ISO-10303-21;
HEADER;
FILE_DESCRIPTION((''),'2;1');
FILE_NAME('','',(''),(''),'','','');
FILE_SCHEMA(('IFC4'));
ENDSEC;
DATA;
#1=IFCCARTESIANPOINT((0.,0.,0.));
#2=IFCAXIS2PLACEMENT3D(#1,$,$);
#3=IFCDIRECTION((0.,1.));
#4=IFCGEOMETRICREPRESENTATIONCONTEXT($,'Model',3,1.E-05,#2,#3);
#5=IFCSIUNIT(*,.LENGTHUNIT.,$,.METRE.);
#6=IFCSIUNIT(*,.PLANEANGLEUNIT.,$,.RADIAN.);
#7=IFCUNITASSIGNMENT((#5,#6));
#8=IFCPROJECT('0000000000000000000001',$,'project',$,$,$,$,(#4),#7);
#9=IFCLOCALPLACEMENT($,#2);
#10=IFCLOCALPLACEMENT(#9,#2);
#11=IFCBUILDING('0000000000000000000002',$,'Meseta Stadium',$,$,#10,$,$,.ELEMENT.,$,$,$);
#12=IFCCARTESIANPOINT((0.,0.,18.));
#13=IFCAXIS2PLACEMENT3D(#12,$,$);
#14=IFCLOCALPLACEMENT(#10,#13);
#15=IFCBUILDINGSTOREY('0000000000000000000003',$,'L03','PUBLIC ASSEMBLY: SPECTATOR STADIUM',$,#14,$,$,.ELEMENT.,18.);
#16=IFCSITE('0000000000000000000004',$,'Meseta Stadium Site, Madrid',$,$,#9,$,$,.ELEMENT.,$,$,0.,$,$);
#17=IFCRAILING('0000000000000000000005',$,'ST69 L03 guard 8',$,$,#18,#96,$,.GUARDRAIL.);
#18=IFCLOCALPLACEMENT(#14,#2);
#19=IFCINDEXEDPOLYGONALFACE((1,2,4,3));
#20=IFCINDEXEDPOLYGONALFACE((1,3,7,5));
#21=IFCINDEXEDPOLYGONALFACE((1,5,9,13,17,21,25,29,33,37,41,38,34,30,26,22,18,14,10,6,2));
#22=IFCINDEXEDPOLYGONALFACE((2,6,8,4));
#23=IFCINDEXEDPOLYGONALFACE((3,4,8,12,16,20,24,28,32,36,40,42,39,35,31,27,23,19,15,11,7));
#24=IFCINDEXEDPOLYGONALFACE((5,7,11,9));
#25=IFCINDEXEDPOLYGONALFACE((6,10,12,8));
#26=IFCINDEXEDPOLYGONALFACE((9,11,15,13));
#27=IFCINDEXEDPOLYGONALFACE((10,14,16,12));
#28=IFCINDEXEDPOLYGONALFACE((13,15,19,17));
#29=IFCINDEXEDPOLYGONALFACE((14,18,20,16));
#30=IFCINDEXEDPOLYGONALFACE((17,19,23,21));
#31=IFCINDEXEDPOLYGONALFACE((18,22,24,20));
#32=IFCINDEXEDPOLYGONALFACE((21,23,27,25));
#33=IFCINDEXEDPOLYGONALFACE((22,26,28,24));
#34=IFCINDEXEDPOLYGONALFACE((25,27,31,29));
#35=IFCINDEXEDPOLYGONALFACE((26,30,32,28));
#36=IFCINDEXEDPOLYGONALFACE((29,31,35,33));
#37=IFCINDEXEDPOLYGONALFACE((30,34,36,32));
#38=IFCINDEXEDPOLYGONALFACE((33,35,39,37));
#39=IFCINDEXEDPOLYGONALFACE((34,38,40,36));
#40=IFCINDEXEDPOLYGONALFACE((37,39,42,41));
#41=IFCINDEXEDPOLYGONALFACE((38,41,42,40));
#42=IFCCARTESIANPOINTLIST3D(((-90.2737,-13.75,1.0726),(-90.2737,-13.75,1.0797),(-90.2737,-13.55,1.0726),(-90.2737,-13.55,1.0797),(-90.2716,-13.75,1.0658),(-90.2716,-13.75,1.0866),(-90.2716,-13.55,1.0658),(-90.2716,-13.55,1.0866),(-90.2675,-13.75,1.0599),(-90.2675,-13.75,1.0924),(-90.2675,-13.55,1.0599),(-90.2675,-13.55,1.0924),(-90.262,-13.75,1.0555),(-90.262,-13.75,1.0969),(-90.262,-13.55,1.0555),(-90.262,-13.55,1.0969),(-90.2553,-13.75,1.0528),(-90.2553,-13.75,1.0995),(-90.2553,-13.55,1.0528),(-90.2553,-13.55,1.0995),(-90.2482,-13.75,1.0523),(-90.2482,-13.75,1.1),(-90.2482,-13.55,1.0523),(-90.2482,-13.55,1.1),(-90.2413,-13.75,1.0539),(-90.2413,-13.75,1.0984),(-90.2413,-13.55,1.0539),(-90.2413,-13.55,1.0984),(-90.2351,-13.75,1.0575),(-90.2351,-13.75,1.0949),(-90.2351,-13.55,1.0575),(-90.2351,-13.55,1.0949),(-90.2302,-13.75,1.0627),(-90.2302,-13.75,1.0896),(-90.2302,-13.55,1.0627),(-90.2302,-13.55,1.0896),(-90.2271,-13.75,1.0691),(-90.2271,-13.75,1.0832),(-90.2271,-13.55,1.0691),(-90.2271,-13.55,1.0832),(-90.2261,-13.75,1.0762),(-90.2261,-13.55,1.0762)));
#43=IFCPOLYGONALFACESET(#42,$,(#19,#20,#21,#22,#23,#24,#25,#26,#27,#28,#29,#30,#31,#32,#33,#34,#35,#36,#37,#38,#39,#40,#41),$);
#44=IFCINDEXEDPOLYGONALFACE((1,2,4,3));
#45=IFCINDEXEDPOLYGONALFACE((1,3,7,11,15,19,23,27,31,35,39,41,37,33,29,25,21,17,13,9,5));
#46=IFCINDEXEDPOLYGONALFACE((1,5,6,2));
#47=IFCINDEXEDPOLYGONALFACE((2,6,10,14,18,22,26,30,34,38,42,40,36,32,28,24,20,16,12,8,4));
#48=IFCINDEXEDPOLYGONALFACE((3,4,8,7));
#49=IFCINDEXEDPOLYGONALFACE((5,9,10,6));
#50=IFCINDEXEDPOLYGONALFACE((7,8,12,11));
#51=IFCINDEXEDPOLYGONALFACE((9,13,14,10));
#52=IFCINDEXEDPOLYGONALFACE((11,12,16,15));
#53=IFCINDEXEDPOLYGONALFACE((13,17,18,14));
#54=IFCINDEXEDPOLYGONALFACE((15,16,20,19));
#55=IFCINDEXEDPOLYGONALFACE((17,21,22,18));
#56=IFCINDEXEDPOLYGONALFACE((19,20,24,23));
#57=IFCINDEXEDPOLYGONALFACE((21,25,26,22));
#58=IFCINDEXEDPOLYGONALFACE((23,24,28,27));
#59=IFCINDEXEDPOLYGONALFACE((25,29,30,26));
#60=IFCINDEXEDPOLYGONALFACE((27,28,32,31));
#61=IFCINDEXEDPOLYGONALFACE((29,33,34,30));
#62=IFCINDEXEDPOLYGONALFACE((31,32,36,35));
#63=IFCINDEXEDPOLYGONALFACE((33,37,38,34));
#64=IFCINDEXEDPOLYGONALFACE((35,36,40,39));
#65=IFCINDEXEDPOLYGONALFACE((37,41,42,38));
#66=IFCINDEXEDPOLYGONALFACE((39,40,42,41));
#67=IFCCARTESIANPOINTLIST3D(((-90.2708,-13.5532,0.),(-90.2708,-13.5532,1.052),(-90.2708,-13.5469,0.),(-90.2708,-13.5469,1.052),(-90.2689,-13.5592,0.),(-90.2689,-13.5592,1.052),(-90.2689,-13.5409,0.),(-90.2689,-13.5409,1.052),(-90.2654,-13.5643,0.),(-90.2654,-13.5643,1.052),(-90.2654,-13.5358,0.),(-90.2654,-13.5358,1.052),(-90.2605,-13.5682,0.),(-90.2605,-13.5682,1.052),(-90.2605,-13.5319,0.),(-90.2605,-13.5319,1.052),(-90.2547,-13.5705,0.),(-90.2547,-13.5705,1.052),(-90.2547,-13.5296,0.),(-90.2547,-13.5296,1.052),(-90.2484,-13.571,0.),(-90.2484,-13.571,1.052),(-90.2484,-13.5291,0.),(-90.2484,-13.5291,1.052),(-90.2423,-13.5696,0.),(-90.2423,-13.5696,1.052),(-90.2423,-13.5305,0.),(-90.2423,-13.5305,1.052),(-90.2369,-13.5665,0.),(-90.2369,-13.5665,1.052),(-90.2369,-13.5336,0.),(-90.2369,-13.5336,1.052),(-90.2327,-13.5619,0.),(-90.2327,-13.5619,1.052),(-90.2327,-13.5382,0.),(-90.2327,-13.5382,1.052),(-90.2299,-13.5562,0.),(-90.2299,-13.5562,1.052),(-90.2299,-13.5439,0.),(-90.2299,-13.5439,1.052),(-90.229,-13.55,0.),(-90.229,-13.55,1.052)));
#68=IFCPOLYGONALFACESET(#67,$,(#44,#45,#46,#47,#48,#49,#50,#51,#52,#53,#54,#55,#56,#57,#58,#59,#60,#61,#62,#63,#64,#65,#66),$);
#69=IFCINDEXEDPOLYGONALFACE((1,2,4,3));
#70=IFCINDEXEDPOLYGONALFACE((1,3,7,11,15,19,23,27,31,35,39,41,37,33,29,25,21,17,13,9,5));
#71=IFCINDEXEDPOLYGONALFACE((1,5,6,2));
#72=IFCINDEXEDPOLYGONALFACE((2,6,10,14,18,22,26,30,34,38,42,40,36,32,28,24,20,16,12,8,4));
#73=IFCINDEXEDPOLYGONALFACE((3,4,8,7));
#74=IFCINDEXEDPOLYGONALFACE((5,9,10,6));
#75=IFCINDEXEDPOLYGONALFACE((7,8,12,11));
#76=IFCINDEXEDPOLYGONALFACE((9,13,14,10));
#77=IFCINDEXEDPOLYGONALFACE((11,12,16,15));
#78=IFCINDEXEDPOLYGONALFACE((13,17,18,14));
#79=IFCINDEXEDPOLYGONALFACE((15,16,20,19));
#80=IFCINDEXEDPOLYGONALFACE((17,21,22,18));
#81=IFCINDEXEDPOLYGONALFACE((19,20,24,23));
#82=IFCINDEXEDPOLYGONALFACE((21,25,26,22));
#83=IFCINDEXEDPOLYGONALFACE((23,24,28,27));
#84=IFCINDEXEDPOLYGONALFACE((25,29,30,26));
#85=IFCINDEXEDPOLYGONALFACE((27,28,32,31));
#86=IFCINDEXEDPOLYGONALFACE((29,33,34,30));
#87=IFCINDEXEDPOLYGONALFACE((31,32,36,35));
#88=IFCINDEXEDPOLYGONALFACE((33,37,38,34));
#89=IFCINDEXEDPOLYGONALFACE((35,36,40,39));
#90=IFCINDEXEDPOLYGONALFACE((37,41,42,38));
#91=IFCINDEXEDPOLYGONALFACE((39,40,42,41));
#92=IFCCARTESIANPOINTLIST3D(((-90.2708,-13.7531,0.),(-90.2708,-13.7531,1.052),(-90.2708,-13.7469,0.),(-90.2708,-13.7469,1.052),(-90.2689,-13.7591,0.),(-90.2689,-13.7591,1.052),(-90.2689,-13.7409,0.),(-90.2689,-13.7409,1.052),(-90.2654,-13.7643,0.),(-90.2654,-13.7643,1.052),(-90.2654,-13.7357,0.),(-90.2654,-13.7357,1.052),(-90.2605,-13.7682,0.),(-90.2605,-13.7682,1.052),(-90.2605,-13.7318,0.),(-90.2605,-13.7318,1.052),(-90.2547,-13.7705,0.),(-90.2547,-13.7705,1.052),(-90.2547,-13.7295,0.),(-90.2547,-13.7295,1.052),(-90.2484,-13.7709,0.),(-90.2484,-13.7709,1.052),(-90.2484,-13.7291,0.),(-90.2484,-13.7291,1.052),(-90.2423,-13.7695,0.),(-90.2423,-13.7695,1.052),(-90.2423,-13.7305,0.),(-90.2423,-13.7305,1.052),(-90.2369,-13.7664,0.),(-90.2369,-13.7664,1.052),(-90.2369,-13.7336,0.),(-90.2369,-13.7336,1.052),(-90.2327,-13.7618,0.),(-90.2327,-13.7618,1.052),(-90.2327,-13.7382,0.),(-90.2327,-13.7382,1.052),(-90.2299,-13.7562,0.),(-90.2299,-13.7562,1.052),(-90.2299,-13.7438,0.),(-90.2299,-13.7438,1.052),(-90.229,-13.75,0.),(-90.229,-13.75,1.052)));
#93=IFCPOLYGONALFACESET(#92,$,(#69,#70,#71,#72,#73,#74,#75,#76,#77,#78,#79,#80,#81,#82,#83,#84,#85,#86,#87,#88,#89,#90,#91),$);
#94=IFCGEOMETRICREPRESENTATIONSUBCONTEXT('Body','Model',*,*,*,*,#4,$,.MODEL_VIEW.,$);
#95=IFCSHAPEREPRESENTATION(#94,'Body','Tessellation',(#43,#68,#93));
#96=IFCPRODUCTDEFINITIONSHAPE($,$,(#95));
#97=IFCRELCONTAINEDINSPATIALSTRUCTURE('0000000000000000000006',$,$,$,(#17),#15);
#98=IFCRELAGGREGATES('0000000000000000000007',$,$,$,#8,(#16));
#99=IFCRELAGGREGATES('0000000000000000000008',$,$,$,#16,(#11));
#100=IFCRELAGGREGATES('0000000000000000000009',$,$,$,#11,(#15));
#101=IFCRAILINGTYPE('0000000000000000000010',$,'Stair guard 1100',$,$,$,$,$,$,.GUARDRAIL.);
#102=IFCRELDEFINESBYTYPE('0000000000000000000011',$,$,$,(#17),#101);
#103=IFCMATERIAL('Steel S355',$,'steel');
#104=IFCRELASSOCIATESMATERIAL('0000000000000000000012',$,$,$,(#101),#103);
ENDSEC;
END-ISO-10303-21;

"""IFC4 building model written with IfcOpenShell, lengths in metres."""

from ifc_helpers import new_model, si_unit, direction, frame, origin, origin_2d, place, context, subcontext, project, spatial, circle, extrude, material, type_object, element, save


model = new_model("IFC4")

# Units and contexts
model_context = context("Model", 3, precision=1e-05, world=origin(), true_north=direction((0.0, 1.0)))
body_context = subcontext(model_context, "Body", "Model", "MODEL_VIEW")
ifc_project = project(units=[si_unit("LENGTHUNIT", "METRE"), si_unit("PLANEANGLEUNIT", "RADIAN")], contexts=[model_context])

# Site, building, storey
site_placement = place(None, origin())
site = spatial("IfcSite", under=ifc_project, at=site_placement, Name="Meseta Stadium Site, Madrid", CompositionType="ELEMENT", RefElevation=0.0)
building_placement = place(site_placement, origin())
building = spatial("IfcBuilding", under=site, at=building_placement, Name="Meseta Stadium", CompositionType="ELEMENT")
storey_placement = place(building_placement, frame((0.0, 0.0, 18.0)))
storey = spatial("IfcBuildingStorey", under=building, at=storey_placement, Name="L03", Description="PUBLIC ASSEMBLY: SPECTATOR STADIUM", CompositionType="ELEMENT", Elevation=18.0)

# Railing
ifc_material_1 = material(Name="Steel S355", Category="steel")
railing_type_1 = type_object("IfcRailingType", Name="Stair guard 1100", PredefinedType="GUARDRAIL", material=ifc_material_1)
railing_1_placement = place(storey_placement, frame((-90.25, -13.55, 0.0)))
element("IfcRailing", 1, at=railing_1_placement, inside=storey, type_object=railing_type_1, Name="ST69 L03 guard 8", PredefinedType="GUARDRAIL", context=body_context, shape_type="SweptSolid", body=[
    extrude(circle(Radius=0.0239, at=origin_2d()), frame((0.0, 0.0, 1.0762), z_axis=(0.0, -1.0, 0.0), x_axis=(1.0, 0.0, 0.0)), (0.0, 0.0, 1.0), 0.2),
    extrude(circle(Radius=0.021, at=origin_2d()), origin(), (0.0, 0.0, 1.0), 1.052),
    extrude(circle(Radius=0.021, at=origin_2d()), frame((0.0, -0.2, 0.0)), (0.0, 0.0, 1.0), 1.052),
])

save(model, "model.ifc")
